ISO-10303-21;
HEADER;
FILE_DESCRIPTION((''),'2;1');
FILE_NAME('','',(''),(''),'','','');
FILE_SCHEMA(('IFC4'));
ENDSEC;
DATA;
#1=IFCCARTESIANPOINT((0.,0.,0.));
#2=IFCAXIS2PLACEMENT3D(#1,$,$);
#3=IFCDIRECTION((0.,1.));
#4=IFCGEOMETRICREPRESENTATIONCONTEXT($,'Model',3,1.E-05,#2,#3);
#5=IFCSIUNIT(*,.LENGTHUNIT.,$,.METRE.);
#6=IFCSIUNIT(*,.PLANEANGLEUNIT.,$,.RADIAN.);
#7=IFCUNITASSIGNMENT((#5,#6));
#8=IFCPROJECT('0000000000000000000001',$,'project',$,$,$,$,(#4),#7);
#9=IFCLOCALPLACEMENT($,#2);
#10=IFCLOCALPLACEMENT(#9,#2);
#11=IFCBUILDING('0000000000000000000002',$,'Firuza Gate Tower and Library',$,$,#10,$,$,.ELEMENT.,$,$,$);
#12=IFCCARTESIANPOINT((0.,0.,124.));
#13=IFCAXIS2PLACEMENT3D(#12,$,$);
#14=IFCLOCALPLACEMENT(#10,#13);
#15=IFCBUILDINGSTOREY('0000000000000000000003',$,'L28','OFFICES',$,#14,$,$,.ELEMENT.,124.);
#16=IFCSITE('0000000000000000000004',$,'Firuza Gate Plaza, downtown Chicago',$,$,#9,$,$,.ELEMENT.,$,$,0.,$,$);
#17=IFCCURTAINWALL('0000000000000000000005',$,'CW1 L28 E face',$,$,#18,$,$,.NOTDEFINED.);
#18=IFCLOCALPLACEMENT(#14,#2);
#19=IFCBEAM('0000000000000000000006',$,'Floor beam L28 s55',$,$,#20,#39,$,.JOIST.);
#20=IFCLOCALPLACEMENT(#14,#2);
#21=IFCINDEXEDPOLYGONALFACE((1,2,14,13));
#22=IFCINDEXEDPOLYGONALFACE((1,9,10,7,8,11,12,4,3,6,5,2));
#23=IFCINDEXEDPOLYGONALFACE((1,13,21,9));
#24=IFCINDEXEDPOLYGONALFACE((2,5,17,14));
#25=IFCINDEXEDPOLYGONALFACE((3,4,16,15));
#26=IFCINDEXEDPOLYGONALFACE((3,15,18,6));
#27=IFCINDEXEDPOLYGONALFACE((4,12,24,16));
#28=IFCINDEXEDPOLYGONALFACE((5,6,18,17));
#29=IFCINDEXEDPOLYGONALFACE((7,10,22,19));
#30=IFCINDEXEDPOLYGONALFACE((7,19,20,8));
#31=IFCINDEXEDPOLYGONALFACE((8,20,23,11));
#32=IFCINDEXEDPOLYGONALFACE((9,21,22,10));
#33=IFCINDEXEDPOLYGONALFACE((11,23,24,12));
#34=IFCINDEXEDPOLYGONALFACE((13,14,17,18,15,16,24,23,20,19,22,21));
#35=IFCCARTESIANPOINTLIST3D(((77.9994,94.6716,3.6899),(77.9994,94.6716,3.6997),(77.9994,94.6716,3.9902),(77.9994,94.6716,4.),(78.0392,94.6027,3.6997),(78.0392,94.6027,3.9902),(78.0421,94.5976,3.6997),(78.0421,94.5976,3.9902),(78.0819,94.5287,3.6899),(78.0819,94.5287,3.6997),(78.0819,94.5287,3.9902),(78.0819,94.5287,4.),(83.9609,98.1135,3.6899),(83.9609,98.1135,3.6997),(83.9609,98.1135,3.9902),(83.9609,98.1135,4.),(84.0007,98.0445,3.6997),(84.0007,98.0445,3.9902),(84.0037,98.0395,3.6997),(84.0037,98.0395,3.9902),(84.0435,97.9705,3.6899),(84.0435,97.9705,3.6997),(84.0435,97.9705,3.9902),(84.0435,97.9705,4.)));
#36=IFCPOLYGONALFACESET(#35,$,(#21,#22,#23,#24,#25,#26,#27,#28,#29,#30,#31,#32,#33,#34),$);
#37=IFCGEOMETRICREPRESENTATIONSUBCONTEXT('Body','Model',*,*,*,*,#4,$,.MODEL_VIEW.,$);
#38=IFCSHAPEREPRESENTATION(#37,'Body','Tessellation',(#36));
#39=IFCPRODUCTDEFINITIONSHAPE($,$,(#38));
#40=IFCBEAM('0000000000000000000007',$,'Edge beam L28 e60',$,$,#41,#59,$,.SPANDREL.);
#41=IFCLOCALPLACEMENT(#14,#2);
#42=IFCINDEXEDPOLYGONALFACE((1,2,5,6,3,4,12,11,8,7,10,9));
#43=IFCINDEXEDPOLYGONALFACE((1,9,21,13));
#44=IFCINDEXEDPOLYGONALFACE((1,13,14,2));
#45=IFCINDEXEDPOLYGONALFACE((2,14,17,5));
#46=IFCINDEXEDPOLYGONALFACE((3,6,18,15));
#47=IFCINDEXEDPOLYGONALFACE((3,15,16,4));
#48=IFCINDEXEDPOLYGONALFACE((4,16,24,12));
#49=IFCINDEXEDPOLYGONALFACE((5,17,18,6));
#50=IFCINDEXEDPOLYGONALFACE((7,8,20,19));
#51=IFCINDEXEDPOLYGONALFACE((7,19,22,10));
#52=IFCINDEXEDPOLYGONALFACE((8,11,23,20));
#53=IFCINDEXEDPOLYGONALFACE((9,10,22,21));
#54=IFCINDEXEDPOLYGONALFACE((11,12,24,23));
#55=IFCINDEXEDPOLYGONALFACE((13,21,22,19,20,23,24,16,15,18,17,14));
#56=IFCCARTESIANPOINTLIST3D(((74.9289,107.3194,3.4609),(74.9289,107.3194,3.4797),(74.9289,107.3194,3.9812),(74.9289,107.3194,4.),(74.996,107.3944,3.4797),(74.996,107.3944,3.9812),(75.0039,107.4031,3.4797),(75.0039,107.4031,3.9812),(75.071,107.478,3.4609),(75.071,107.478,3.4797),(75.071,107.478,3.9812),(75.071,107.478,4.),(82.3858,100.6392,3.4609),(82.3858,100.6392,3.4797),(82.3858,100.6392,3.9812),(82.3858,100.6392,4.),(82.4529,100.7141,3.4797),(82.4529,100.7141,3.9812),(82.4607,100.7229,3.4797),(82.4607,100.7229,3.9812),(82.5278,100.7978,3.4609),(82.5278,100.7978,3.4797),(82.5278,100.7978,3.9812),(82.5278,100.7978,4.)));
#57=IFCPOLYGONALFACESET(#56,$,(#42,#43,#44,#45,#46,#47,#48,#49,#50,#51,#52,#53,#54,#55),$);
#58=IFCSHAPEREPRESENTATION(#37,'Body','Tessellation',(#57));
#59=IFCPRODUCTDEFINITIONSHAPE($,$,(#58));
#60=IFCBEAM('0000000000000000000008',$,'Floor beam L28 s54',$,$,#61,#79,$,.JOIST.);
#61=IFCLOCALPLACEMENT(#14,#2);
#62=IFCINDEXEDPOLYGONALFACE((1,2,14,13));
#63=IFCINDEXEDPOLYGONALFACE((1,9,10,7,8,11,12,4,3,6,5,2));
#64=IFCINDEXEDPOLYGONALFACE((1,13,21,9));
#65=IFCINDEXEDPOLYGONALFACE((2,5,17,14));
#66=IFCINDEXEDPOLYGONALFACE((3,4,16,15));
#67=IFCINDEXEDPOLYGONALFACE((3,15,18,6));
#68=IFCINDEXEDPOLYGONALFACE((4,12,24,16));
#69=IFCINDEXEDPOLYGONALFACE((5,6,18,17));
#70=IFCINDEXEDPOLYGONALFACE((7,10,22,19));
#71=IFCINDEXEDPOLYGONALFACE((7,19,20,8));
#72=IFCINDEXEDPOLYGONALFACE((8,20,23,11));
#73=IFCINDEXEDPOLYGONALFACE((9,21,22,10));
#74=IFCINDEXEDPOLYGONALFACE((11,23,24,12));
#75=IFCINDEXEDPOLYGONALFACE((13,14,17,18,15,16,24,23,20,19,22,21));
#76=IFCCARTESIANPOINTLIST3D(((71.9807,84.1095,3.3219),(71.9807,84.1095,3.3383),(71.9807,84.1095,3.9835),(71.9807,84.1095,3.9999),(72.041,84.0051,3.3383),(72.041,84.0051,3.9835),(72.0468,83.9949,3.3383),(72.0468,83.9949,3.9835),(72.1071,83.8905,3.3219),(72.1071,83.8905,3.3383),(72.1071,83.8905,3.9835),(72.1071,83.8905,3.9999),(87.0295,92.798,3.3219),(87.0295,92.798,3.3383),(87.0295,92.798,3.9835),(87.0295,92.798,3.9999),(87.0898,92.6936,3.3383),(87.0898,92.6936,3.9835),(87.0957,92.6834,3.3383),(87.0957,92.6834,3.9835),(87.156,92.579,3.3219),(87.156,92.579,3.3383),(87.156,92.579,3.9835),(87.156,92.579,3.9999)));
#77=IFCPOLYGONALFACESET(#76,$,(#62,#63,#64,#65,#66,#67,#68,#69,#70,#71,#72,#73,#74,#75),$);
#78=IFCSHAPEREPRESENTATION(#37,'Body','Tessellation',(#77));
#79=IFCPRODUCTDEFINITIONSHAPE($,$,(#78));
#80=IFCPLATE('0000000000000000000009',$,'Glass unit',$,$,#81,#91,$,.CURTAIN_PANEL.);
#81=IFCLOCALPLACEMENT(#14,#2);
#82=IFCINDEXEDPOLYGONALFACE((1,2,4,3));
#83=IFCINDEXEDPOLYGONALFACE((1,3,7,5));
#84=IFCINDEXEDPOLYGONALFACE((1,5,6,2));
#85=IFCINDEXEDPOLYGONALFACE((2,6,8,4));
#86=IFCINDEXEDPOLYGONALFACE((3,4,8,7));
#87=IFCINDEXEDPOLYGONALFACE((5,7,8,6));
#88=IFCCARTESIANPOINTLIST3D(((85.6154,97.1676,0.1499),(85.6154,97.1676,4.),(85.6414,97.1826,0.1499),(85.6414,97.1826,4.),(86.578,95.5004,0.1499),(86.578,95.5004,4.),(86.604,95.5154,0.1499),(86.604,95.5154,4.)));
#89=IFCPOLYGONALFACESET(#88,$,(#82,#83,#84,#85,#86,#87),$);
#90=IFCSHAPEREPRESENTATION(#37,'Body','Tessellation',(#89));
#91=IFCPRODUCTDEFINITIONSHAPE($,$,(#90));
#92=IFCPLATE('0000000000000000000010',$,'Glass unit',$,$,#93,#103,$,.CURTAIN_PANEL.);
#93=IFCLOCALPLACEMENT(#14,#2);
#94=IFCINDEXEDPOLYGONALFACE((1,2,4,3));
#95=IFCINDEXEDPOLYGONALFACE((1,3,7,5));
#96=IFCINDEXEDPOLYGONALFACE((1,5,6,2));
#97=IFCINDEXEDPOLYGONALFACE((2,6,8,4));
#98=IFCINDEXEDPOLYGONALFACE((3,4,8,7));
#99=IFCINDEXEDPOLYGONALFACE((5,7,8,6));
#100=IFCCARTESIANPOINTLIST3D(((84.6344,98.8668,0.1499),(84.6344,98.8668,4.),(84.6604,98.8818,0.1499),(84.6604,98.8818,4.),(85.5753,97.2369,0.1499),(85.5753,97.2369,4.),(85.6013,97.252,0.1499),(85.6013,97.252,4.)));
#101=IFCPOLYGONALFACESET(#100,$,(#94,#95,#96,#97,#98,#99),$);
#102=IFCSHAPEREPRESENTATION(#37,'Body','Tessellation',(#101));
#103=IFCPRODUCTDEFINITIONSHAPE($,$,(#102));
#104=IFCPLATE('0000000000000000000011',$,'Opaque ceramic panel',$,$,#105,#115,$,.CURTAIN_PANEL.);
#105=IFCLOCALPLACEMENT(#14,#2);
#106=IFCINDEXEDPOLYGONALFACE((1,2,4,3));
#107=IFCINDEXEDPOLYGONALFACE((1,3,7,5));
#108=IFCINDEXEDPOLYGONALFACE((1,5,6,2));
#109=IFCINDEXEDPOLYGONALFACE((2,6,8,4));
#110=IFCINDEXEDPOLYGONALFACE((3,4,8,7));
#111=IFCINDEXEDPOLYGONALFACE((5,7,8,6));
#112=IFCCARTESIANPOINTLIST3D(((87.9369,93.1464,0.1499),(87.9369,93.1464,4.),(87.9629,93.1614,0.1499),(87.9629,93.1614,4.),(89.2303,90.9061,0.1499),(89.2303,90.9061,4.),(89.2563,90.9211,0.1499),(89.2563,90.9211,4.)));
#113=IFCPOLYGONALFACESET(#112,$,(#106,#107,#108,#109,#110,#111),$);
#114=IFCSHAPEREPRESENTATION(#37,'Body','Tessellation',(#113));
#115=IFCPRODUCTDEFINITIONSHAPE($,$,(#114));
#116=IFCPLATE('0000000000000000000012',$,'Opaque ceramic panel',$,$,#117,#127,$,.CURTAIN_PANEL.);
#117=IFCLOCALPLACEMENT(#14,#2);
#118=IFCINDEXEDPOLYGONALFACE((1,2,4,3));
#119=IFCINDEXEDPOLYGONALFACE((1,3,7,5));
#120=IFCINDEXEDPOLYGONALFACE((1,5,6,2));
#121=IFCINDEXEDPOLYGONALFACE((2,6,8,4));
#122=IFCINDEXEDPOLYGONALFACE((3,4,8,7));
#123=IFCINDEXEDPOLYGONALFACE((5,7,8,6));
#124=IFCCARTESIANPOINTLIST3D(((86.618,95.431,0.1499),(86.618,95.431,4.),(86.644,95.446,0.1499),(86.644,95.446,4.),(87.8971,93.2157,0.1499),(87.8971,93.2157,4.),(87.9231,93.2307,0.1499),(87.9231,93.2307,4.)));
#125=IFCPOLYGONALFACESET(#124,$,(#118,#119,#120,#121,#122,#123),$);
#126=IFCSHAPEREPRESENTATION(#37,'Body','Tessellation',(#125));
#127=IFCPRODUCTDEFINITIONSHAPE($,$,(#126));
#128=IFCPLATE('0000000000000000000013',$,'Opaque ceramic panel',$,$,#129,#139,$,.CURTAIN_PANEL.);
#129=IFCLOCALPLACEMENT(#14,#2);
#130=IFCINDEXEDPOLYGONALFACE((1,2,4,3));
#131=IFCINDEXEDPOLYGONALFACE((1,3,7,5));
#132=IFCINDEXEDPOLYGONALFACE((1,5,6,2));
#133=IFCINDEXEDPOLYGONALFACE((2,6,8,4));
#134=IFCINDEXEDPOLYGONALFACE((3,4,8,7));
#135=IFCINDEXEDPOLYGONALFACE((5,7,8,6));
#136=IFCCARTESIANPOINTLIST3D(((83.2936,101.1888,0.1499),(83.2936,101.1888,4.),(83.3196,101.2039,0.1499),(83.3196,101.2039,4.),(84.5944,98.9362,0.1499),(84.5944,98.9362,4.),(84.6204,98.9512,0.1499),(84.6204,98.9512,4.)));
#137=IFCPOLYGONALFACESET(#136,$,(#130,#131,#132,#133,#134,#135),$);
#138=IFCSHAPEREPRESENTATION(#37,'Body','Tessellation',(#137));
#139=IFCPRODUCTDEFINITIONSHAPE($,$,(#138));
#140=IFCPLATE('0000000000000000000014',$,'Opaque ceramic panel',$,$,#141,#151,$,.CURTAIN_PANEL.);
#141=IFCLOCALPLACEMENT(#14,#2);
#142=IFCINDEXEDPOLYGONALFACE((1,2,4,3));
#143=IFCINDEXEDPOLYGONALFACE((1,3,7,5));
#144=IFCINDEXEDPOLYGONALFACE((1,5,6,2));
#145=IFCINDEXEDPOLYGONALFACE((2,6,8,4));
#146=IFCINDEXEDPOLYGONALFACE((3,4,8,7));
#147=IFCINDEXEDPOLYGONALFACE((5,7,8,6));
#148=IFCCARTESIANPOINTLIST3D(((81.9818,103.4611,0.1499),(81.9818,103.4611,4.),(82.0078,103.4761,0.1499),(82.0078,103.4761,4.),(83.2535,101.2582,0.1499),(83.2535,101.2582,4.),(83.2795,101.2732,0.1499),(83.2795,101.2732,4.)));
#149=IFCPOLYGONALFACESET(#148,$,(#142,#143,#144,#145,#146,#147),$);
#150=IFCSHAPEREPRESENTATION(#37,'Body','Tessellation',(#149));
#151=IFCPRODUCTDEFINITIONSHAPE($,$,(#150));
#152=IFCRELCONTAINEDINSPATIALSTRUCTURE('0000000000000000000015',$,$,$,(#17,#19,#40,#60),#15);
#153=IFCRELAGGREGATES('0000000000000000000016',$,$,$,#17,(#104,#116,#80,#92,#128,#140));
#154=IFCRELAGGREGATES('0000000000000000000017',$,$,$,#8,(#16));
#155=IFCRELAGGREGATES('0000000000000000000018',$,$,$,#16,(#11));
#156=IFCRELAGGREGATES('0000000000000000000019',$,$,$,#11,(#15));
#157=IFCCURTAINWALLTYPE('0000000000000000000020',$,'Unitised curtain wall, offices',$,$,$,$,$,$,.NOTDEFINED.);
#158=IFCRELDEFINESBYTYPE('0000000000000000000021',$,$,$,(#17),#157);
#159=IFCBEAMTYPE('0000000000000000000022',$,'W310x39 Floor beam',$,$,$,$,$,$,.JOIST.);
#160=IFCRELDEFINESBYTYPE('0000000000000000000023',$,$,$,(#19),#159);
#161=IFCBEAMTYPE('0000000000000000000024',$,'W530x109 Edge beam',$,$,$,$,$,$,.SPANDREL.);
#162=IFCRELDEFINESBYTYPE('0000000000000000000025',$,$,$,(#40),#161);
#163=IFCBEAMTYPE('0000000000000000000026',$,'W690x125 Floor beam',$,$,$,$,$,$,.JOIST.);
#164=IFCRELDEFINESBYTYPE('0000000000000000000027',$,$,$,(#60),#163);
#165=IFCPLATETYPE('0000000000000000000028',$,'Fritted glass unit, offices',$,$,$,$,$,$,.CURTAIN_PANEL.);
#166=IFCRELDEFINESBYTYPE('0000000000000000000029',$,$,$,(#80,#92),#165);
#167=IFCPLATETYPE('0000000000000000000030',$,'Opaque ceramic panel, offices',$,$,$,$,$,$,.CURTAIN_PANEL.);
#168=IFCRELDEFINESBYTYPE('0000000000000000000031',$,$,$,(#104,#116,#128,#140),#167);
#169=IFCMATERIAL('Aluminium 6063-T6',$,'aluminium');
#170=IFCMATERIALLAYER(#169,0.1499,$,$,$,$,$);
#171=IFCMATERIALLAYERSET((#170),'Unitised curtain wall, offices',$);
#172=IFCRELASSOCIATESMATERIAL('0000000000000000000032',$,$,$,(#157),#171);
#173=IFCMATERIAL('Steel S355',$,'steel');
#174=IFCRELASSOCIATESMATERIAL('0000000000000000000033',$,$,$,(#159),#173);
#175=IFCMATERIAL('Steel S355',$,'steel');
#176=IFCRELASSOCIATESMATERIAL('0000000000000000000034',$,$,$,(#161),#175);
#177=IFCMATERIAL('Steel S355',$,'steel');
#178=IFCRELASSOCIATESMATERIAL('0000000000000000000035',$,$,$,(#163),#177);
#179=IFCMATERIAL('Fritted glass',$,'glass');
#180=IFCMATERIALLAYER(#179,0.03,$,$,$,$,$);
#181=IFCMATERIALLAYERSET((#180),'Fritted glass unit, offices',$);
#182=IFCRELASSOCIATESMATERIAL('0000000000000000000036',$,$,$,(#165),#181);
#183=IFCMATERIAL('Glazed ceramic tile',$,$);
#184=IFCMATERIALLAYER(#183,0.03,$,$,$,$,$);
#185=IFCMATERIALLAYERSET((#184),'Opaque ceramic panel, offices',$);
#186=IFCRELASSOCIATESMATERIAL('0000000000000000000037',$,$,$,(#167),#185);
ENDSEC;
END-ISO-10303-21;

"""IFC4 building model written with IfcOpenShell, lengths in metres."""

from ifc_helpers import new_model, si_unit, direction, frame, origin, origin_2d, place, context, subcontext, project, spatial, polyline, i_section, outline, extrude, material, layer, layer_set, material_profile, profile_set, type_object, element, aggregate, save


model = new_model("IFC4")

# Units and contexts
model_context = context("Model", 3, precision=1e-05, world=origin(), true_north=direction((0.0, 1.0)))
body_context = subcontext(model_context, "Body", "Model", "MODEL_VIEW")
ifc_project = project(units=[si_unit("LENGTHUNIT", "METRE"), si_unit("PLANEANGLEUNIT", "RADIAN")], contexts=[model_context])

# Site, building, storey
site_placement = place(None, origin())
site = spatial("IfcSite", under=ifc_project, at=site_placement, Name="Firuza Gate Plaza, downtown Chicago", CompositionType="ELEMENT", RefElevation=0.0)
building_placement = place(site_placement, origin())
building = spatial("IfcBuilding", under=site, at=building_placement, Name="Firuza Gate Tower and Library", CompositionType="ELEMENT")
storey_placement = place(building_placement, frame((0.0, 0.0, 124.0)))
storey = spatial("IfcBuildingStorey", under=building, at=storey_placement, Name="L28", Description="OFFICES", CompositionType="ELEMENT", Elevation=124.0)

# Curtain wall
ifc_material_1 = material(Name="Aluminium 6063-T6", Category="aluminium")
ifc_layer_1 = layer(ifc_material_1, 0.1499)
ifc_layer_set_1 = layer_set([ifc_layer_1], Name="Unitised curtain wall, offices")
curtain_wall_type = type_object("IfcCurtainWallType", Name="Unitised curtain wall, offices", PredefinedType="NOTDEFINED", material=ifc_layer_set_1)
curtain_wall_placement = place(storey_placement, origin())
curtain_wall = element("IfcCurtainWall", 1, at=curtain_wall_placement, inside=storey, type_object=curtain_wall_type, Name="CW1 L28 E face", PredefinedType="NOTDEFINED")

# Beams
ifc_material_2 = material(Name="Steel S355", Category="steel")
ifc_material_profile_1 = material_profile(ifc_material_2, i_section(OverallWidth=0.165, OverallDepth=0.3101, WebThickness=0.0059, FlangeThickness=0.0098, at=origin_2d()))
ifc_profile_set_1 = profile_set([ifc_material_profile_1], Name="Steel S355")
beam_type_1 = type_object("IfcBeamType", Name="W310x39 Floor beam", PredefinedType="JOIST", material=ifc_profile_set_1)
beam_1_placement = place(storey_placement, frame((84.0022, 98.042, 3.845), z_axis=(-0.86603, -0.499992, 0.0), x_axis=(0.499992, -0.86603, 0.0)))
element("IfcBeam", 2, at=beam_1_placement, inside=storey, type_object=beam_type_1, Name="Floor beam L28 s55", PredefinedType="JOIST", context=body_context, shape_type="SweptSolid", body=[
    extrude(i_section(OverallWidth=0.165, OverallDepth=0.3101, WebThickness=0.0059, FlangeThickness=0.0098, at=origin_2d()), origin(), (0.0, 0.0, 1.0), 6.8838),
])
ifc_material_3 = material(Name="Steel S355", Category="steel")
ifc_material_profile_2 = material_profile(ifc_material_3, i_section(OverallWidth=0.2129, OverallDepth=0.5391, WebThickness=0.0117, FlangeThickness=0.0188, at=origin_2d()))
ifc_profile_set_2 = profile_set([ifc_material_profile_2], Name="Steel S355")
beam_type_2 = type_object("IfcBeamType", Name="W530x109 Edge beam", PredefinedType="SPANDREL", material=ifc_profile_set_2)
beam_2_placement = place(storey_placement, frame((82.4568, 100.7185, 3.7305), z_axis=(-0.744829, 0.667256, 0.0), x_axis=(-0.667256, -0.744829, 0.0)))
element("IfcBeam", 3, at=beam_2_placement, inside=storey, type_object=beam_type_2, Name="Edge beam L28 e60", PredefinedType="SPANDREL", context=body_context, shape_type="SweptSolid", body=[
    extrude(i_section(OverallWidth=0.2129, OverallDepth=0.5391, WebThickness=0.0117, FlangeThickness=0.0188, at=origin_2d()), origin(), (0.0, 0.0, 1.0), 10.0115),
])
ifc_material_4 = material(Name="Steel S355", Category="steel")
ifc_material_profile_3 = material_profile(ifc_material_4, i_section(OverallWidth=0.2529, OverallDepth=0.678, WebThickness=0.0117, FlangeThickness=0.0164, at=origin_2d()))
ifc_profile_set_3 = profile_set([ifc_material_profile_3], Name="Steel S355")
beam_type_3 = type_object("IfcBeamType", Name="W690x125 Floor beam", PredefinedType="JOIST", material=ifc_profile_set_3)
beam_3_placement = place(storey_placement, frame((87.0928, 92.6885, 3.6609), z_axis=(-0.866025, -0.500001, 0.0), x_axis=(0.500001, -0.866025, 0.0)))
element("IfcBeam", 4, at=beam_3_placement, inside=storey, type_object=beam_type_3, Name="Floor beam L28 s54", PredefinedType="JOIST", context=body_context, shape_type="SweptSolid", body=[
    extrude(i_section(OverallWidth=0.2529, OverallDepth=0.678, WebThickness=0.0117, FlangeThickness=0.0164, at=origin_2d()), origin(), (0.0, 0.0, 1.0), 17.377),
])

# Plates
ifc_material_5 = material(Name="Fritted glass", Category="glass")
ifc_layer_2 = layer(ifc_material_5, 0.03)
ifc_layer_set_2 = layer_set([ifc_layer_2], Name="Fritted glass unit, offices")
plate_type_1 = type_object("IfcPlateType", Name="Fritted glass unit, offices", PredefinedType="CURTAIN_PANEL", material=ifc_layer_set_2)
plate_1_placement = place(storey_placement, frame((86.604, 95.5154, 0.1499), z_axis=(0.86601, 0.500026, 0.0), x_axis=(-0.500026, 0.86601, 0.0)))
plate_1 = element("IfcPlate", 5, at=plate_1_placement, type_object=plate_type_1, Name="Glass unit", PredefinedType="CURTAIN_PANEL", context=body_context, shape_type="SweptSolid", body=[
    extrude(outline(polyline([(0.0, 0.0), (1.9252, 0.0), (1.9252, 3.8501), (0.0, 3.8501), (0.0, 0.0)])), origin(), (0.0, 0.0, -1.0), 0.03),
])
plate_2_placement = place(storey_placement, frame((85.6013, 97.252, 0.1499), z_axis=(0.866047, 0.499962, 0.0), x_axis=(-0.499962, 0.866047, 0.0)))
plate_2 = element("IfcPlate", 6, at=plate_2_placement, type_object=plate_type_1, Name="Glass unit", PredefinedType="CURTAIN_PANEL", context=body_context, shape_type="SweptSolid", body=[
    extrude(outline(polyline([(0.0, 0.0), (1.882, 0.0), (1.882, 3.8501), (0.0, 3.8501), (0.0, 0.0)])), origin(), (0.0, 0.0, -1.0), 0.03),
])
ifc_material_6 = material(Name="Glazed ceramic tile")
ifc_layer_3 = layer(ifc_material_6, 0.03)
ifc_layer_set_3 = layer_set([ifc_layer_3], Name="Opaque ceramic panel, offices")
plate_type_2 = type_object("IfcPlateType", Name="Opaque ceramic panel, offices", PredefinedType="CURTAIN_PANEL", material=ifc_layer_set_3)
plate_3_placement = place(storey_placement, frame((89.2563, 90.9211, 0.1499), z_axis=(0.866016, 0.500017, 0.0), x_axis=(-0.500017, 0.866016, 0.0)))
plate_3 = element("IfcPlate", 7, at=plate_3_placement, type_object=plate_type_2, Name="Opaque ceramic panel", PredefinedType="CURTAIN_PANEL", context=body_context, shape_type="SweptSolid", body=[
    extrude(outline(polyline([(0.0, 0.0), (2.5868, 0.0), (2.5868, 3.8501), (0.0, 3.8501), (0.0, 0.0)])), origin(), (0.0, 0.0, -1.0), 0.03),
])
plate_4_placement = place(storey_placement, frame((87.9231, 93.2307, 0.1499), z_axis=(0.86602, 0.500009, 0.0), x_axis=(-0.500009, 0.86602, 0.0)))
plate_4 = element("IfcPlate", 8, at=plate_4_placement, type_object=plate_type_2, Name="Opaque ceramic panel", PredefinedType="CURTAIN_PANEL", context=body_context, shape_type="SweptSolid", body=[
    extrude(outline(polyline([(0.0, 0.0), (2.5581, 0.0), (2.5581, 3.8501), (0.0, 3.8501), (0.0, 0.0)])), origin(), (0.0, 0.0, -1.0), 0.03),
])
plate_5_placement = place(storey_placement, frame((84.6204, 98.9512, 0.1499), z_axis=(0.865993, 0.500056, 0.0), x_axis=(-0.500056, 0.865993, 0.0)))
plate_5 = element("IfcPlate", 9, at=plate_5_placement, type_object=plate_type_2, Name="Opaque ceramic panel", PredefinedType="CURTAIN_PANEL", context=body_context, shape_type="SweptSolid", body=[
    extrude(outline(polyline([(0.0, 0.0), (2.6013, 0.0), (2.6013, 3.8501), (0.0, 3.8501), (0.0, 0.0)])), origin(), (0.0, 0.0, -1.0), 0.03),
])
plate_6_placement = place(storey_placement, frame((83.2795, 101.2732, 0.1499), z_axis=(0.866043, 0.499969, 0.0), x_axis=(-0.499969, 0.866043, 0.0)))
plate_6 = element("IfcPlate", 10, at=plate_6_placement, type_object=plate_type_2, Name="Opaque ceramic panel", PredefinedType="CURTAIN_PANEL", context=body_context, shape_type="SweptSolid", body=[
    extrude(outline(polyline([(0.0, 0.0), (2.5436, 0.0), (2.5436, 3.8501), (0.0, 3.8501), (0.0, 0.0)])), origin(), (0.0, 0.0, -1.0), 0.03),
])
aggregate(curtain_wall, [plate_3, plate_4, plate_1, plate_2, plate_5, plate_6])

save(model, "model.ifc")
